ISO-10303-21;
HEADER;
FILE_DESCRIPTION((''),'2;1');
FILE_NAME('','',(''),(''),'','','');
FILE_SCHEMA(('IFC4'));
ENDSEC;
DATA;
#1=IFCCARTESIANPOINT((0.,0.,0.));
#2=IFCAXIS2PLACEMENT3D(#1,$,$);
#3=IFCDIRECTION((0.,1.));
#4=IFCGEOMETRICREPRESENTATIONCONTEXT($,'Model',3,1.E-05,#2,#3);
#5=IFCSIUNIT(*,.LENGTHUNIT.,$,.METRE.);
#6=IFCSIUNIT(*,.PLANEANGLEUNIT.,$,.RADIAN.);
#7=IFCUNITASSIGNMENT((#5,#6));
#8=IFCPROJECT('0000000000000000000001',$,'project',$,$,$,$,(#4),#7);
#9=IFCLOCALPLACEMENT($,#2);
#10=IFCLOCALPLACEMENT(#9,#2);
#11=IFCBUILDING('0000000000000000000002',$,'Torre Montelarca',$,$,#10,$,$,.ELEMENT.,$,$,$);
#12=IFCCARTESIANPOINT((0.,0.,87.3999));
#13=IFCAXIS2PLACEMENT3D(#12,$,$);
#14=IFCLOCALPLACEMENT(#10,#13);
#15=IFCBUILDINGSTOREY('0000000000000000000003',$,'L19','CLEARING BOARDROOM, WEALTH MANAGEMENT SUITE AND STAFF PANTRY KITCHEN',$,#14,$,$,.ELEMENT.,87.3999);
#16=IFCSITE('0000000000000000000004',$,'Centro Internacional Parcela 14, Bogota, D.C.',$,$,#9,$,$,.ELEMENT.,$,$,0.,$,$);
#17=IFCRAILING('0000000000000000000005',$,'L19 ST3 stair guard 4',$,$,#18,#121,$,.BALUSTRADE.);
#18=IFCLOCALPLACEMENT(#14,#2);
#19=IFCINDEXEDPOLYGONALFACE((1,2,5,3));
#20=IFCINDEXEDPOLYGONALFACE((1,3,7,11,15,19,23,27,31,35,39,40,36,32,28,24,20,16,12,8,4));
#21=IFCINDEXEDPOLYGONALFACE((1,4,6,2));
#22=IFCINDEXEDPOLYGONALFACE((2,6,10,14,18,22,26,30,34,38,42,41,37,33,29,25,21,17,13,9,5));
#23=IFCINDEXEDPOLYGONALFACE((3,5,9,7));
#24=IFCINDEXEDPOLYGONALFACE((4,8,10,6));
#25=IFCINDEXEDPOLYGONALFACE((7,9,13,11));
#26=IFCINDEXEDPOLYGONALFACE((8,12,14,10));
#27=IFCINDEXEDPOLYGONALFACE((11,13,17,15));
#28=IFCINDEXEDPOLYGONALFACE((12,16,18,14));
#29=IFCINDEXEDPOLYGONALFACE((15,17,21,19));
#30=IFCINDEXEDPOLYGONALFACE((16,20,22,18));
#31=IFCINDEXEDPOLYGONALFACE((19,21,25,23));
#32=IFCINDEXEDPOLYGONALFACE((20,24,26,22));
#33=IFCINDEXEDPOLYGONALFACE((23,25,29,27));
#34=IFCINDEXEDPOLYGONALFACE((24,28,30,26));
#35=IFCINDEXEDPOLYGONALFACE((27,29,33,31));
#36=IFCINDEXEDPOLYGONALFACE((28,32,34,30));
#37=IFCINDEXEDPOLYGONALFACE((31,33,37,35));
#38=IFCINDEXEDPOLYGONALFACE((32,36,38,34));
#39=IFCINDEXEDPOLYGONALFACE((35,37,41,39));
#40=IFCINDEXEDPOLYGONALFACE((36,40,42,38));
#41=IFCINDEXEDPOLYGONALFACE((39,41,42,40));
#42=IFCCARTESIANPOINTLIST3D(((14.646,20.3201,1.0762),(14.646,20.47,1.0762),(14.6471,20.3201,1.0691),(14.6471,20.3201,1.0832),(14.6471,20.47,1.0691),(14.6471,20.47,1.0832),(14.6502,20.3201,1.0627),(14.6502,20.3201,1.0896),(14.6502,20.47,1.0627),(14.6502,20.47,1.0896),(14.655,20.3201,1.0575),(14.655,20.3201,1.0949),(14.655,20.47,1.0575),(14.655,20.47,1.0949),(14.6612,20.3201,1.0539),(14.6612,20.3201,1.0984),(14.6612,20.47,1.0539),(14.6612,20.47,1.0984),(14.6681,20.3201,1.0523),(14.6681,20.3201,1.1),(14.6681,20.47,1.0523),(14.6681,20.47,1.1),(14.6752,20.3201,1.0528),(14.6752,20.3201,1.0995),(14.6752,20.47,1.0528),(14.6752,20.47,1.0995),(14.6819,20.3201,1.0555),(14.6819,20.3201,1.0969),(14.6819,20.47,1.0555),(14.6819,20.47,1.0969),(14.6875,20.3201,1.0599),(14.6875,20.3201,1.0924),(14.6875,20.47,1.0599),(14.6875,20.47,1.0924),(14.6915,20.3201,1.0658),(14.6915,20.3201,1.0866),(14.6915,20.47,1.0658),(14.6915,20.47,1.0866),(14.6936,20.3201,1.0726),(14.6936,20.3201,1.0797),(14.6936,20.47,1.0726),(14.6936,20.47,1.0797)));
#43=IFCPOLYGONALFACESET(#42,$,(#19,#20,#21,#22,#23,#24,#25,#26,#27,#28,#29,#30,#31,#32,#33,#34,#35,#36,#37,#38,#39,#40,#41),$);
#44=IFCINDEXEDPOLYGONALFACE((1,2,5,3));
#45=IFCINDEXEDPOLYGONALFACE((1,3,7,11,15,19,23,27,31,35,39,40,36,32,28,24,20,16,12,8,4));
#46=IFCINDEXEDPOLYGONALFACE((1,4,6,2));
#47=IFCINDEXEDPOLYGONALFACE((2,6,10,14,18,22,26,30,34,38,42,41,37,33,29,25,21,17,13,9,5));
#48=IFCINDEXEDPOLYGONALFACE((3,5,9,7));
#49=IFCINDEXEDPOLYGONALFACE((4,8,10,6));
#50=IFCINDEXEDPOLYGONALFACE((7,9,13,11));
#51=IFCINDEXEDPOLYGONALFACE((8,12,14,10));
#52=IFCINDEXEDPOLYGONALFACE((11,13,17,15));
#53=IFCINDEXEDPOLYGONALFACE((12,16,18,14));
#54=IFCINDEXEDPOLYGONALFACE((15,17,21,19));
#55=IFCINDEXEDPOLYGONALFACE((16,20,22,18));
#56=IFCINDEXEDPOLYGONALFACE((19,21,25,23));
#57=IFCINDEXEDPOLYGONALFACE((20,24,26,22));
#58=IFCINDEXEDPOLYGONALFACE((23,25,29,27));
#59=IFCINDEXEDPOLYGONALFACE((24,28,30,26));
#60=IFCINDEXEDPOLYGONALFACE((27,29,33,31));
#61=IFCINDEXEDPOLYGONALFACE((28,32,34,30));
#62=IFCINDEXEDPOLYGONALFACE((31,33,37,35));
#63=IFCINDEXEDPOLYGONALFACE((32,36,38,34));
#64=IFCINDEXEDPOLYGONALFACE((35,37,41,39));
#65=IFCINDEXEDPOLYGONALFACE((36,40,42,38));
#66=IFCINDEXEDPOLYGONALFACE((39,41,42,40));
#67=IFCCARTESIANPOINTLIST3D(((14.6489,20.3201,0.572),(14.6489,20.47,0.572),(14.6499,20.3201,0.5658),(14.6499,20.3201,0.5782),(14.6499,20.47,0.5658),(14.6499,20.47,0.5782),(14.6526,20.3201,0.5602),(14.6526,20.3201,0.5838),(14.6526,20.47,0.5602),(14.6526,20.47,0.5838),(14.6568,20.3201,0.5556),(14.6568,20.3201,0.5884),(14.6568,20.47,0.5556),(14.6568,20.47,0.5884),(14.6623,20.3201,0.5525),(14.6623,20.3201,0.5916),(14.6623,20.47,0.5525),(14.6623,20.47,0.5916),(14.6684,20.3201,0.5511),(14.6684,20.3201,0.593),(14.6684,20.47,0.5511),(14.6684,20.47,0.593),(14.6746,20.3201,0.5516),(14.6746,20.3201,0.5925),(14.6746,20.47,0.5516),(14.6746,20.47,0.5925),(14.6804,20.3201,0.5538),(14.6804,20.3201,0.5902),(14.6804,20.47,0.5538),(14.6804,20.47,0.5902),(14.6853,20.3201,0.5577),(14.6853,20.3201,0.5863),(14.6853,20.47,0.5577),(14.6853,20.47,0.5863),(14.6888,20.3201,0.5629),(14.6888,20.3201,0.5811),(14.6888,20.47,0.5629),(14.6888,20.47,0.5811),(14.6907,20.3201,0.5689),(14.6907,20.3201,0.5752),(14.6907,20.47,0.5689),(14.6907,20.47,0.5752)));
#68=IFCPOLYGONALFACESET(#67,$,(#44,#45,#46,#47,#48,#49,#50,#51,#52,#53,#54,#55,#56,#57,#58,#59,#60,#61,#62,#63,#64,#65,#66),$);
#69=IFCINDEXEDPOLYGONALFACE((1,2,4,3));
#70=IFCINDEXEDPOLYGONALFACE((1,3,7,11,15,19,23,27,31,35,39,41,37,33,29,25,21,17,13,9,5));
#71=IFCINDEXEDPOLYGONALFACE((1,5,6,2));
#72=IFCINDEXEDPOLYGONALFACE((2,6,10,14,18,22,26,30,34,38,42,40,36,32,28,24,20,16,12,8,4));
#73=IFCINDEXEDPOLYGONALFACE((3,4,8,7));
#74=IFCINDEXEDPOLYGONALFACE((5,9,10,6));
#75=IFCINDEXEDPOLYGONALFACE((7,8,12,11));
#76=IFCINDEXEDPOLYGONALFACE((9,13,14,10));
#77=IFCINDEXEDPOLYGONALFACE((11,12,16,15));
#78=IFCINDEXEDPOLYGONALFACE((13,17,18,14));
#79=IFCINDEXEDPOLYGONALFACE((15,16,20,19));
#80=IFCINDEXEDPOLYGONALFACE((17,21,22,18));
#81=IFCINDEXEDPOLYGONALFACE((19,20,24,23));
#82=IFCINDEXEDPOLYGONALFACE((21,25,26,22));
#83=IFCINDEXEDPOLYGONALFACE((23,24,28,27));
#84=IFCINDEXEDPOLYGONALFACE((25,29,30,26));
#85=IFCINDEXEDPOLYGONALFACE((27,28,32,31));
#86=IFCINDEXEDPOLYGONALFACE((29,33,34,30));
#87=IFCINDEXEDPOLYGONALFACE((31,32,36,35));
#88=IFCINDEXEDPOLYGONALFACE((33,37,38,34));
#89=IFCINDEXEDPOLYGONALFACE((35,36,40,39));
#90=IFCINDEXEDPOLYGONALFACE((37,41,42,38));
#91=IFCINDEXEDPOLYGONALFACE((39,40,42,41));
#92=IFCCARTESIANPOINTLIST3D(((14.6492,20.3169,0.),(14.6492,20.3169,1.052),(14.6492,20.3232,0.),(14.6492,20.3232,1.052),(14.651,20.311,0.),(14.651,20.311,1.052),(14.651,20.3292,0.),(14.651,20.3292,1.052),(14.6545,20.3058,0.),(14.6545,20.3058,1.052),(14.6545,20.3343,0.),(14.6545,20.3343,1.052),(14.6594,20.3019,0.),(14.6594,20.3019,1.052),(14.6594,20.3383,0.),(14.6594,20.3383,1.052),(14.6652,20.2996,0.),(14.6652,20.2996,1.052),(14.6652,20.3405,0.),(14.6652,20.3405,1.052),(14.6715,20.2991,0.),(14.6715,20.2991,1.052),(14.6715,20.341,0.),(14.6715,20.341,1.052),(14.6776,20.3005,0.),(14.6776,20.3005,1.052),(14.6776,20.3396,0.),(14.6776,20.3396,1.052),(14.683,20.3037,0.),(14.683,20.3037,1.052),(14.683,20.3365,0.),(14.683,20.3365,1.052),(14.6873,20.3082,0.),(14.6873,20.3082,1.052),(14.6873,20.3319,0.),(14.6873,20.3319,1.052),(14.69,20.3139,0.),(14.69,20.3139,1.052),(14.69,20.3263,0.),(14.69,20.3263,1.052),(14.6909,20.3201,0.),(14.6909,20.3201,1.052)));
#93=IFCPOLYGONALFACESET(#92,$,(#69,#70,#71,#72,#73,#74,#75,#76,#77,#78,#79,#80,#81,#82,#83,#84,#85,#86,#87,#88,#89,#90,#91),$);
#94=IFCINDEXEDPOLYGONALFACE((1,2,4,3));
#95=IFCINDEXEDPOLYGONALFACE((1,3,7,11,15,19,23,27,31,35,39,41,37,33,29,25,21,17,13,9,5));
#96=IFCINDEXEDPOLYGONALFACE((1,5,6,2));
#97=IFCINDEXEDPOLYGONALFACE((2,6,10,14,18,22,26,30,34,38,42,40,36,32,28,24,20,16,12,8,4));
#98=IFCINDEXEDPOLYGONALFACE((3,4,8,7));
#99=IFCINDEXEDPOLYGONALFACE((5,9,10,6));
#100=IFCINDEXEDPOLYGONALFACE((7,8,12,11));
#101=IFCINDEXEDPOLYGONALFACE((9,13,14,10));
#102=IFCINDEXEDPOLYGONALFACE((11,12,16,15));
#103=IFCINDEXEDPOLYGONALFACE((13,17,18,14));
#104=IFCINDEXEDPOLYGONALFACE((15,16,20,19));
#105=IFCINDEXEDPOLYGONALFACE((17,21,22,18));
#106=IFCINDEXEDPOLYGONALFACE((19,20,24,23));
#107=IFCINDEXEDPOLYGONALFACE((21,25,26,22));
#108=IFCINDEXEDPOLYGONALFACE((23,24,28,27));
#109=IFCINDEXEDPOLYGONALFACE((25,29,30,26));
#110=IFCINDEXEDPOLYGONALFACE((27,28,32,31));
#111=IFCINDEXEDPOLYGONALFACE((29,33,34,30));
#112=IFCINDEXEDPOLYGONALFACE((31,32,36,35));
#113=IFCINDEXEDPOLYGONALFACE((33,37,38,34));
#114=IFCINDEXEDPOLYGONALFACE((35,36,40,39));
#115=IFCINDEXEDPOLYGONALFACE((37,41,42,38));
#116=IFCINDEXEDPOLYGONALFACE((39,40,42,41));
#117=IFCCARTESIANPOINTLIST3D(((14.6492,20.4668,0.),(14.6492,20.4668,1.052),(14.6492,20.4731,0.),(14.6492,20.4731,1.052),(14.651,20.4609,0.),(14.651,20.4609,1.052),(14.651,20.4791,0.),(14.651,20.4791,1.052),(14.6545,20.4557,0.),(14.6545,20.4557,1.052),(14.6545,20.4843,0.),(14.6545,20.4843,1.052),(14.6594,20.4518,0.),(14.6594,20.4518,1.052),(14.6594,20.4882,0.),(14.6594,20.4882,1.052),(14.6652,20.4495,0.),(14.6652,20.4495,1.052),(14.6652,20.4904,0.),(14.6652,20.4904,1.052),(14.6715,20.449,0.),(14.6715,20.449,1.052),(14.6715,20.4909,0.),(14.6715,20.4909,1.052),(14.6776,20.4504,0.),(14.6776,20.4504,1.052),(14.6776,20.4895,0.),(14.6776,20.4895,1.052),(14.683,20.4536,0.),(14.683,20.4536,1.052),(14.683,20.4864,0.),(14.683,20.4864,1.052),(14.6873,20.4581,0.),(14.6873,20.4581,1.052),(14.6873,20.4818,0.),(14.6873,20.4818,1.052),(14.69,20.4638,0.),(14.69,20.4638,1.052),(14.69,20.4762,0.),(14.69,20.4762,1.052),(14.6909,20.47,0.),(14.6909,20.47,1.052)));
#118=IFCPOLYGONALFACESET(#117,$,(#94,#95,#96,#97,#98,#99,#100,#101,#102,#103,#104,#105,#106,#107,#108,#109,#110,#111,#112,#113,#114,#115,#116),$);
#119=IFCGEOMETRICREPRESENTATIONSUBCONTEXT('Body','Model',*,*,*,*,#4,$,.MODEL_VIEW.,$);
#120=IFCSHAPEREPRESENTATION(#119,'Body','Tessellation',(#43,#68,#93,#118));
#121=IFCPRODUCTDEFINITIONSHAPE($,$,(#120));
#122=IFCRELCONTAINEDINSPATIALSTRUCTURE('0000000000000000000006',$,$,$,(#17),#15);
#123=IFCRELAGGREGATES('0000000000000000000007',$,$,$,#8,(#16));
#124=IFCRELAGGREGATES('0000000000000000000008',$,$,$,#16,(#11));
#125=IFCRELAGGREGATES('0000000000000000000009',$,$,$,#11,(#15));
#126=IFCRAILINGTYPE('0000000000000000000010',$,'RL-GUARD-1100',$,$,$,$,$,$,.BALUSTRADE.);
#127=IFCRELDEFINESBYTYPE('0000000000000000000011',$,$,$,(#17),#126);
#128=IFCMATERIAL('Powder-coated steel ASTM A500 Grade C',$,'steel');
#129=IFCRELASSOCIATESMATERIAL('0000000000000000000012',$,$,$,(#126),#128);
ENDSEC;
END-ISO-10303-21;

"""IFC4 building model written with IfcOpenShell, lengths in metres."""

from ifc_helpers import new_model, si_unit, direction, frame, origin, origin_2d, place, context, subcontext, project, spatial, circle, extrude, material, type_object, element, save


model = new_model("IFC4")

# Units and contexts
model_context = context("Model", 3, precision=1e-05, world=origin(), true_north=direction((0.0, 1.0)))
body_context = subcontext(model_context, "Body", "Model", "MODEL_VIEW")
ifc_project = project(units=[si_unit("LENGTHUNIT", "METRE"), si_unit("PLANEANGLEUNIT", "RADIAN")], contexts=[model_context])

# Site, building, storey
site_placement = place(None, origin())
site = spatial("IfcSite", under=ifc_project, at=site_placement, Name="Centro Internacional Parcela 14, Bogota, D.C.", CompositionType="ELEMENT", RefElevation=0.0)
building_placement = place(site_placement, origin())
building = spatial("IfcBuilding", under=site, at=building_placement, Name="Torre Montelarca", CompositionType="ELEMENT")
storey_placement = place(building_placement, frame((0.0, 0.0, 87.3999)))
storey = spatial("IfcBuildingStorey", under=building, at=storey_placement, Name="L19", Description="CLEARING BOARDROOM, WEALTH MANAGEMENT SUITE AND STAFF PANTRY KITCHEN", CompositionType="ELEMENT", Elevation=87.3999)

# Railing
ifc_material_1 = material(Name="Powder-coated steel ASTM A500 Grade C", Category="steel")
railing_type_1 = type_object("IfcRailingType", Name="RL-GUARD-1100", PredefinedType="BALUSTRADE", material=ifc_material_1)
railing_1_placement = place(storey_placement, frame((14.6699, 20.3201, 0.0)))
element("IfcRailing", 1, at=railing_1_placement, inside=storey, type_object=railing_type_1, Name="L19 ST3 stair guard 4", PredefinedType="BALUSTRADE", context=body_context, shape_type="SweptSolid", body=[
    extrude(circle(Radius=0.0239, at=origin_2d()), frame((0.0, 0.0, 1.0762), z_axis=(0.0, 1.0, 0.0), x_axis=(-1.0, 0.0, 0.0)), (0.0, 0.0, 1.0), 0.1499),
    extrude(circle(Radius=0.021, at=origin_2d()), frame((0.0, 0.0, 0.572), z_axis=(0.0, 1.0, 0.0), x_axis=(-1.0, 0.0, 0.0)), (0.0, 0.0, 1.0), 0.1499),
    extrude(circle(Radius=0.021, at=origin_2d()), origin(), (0.0, 0.0, 1.0), 1.052),
    extrude(circle(Radius=0.021, at=origin_2d()), frame((0.0, 0.1499, 0.0)), (0.0, 0.0, 1.0), 1.052),
])

save(model, "model.ifc")
